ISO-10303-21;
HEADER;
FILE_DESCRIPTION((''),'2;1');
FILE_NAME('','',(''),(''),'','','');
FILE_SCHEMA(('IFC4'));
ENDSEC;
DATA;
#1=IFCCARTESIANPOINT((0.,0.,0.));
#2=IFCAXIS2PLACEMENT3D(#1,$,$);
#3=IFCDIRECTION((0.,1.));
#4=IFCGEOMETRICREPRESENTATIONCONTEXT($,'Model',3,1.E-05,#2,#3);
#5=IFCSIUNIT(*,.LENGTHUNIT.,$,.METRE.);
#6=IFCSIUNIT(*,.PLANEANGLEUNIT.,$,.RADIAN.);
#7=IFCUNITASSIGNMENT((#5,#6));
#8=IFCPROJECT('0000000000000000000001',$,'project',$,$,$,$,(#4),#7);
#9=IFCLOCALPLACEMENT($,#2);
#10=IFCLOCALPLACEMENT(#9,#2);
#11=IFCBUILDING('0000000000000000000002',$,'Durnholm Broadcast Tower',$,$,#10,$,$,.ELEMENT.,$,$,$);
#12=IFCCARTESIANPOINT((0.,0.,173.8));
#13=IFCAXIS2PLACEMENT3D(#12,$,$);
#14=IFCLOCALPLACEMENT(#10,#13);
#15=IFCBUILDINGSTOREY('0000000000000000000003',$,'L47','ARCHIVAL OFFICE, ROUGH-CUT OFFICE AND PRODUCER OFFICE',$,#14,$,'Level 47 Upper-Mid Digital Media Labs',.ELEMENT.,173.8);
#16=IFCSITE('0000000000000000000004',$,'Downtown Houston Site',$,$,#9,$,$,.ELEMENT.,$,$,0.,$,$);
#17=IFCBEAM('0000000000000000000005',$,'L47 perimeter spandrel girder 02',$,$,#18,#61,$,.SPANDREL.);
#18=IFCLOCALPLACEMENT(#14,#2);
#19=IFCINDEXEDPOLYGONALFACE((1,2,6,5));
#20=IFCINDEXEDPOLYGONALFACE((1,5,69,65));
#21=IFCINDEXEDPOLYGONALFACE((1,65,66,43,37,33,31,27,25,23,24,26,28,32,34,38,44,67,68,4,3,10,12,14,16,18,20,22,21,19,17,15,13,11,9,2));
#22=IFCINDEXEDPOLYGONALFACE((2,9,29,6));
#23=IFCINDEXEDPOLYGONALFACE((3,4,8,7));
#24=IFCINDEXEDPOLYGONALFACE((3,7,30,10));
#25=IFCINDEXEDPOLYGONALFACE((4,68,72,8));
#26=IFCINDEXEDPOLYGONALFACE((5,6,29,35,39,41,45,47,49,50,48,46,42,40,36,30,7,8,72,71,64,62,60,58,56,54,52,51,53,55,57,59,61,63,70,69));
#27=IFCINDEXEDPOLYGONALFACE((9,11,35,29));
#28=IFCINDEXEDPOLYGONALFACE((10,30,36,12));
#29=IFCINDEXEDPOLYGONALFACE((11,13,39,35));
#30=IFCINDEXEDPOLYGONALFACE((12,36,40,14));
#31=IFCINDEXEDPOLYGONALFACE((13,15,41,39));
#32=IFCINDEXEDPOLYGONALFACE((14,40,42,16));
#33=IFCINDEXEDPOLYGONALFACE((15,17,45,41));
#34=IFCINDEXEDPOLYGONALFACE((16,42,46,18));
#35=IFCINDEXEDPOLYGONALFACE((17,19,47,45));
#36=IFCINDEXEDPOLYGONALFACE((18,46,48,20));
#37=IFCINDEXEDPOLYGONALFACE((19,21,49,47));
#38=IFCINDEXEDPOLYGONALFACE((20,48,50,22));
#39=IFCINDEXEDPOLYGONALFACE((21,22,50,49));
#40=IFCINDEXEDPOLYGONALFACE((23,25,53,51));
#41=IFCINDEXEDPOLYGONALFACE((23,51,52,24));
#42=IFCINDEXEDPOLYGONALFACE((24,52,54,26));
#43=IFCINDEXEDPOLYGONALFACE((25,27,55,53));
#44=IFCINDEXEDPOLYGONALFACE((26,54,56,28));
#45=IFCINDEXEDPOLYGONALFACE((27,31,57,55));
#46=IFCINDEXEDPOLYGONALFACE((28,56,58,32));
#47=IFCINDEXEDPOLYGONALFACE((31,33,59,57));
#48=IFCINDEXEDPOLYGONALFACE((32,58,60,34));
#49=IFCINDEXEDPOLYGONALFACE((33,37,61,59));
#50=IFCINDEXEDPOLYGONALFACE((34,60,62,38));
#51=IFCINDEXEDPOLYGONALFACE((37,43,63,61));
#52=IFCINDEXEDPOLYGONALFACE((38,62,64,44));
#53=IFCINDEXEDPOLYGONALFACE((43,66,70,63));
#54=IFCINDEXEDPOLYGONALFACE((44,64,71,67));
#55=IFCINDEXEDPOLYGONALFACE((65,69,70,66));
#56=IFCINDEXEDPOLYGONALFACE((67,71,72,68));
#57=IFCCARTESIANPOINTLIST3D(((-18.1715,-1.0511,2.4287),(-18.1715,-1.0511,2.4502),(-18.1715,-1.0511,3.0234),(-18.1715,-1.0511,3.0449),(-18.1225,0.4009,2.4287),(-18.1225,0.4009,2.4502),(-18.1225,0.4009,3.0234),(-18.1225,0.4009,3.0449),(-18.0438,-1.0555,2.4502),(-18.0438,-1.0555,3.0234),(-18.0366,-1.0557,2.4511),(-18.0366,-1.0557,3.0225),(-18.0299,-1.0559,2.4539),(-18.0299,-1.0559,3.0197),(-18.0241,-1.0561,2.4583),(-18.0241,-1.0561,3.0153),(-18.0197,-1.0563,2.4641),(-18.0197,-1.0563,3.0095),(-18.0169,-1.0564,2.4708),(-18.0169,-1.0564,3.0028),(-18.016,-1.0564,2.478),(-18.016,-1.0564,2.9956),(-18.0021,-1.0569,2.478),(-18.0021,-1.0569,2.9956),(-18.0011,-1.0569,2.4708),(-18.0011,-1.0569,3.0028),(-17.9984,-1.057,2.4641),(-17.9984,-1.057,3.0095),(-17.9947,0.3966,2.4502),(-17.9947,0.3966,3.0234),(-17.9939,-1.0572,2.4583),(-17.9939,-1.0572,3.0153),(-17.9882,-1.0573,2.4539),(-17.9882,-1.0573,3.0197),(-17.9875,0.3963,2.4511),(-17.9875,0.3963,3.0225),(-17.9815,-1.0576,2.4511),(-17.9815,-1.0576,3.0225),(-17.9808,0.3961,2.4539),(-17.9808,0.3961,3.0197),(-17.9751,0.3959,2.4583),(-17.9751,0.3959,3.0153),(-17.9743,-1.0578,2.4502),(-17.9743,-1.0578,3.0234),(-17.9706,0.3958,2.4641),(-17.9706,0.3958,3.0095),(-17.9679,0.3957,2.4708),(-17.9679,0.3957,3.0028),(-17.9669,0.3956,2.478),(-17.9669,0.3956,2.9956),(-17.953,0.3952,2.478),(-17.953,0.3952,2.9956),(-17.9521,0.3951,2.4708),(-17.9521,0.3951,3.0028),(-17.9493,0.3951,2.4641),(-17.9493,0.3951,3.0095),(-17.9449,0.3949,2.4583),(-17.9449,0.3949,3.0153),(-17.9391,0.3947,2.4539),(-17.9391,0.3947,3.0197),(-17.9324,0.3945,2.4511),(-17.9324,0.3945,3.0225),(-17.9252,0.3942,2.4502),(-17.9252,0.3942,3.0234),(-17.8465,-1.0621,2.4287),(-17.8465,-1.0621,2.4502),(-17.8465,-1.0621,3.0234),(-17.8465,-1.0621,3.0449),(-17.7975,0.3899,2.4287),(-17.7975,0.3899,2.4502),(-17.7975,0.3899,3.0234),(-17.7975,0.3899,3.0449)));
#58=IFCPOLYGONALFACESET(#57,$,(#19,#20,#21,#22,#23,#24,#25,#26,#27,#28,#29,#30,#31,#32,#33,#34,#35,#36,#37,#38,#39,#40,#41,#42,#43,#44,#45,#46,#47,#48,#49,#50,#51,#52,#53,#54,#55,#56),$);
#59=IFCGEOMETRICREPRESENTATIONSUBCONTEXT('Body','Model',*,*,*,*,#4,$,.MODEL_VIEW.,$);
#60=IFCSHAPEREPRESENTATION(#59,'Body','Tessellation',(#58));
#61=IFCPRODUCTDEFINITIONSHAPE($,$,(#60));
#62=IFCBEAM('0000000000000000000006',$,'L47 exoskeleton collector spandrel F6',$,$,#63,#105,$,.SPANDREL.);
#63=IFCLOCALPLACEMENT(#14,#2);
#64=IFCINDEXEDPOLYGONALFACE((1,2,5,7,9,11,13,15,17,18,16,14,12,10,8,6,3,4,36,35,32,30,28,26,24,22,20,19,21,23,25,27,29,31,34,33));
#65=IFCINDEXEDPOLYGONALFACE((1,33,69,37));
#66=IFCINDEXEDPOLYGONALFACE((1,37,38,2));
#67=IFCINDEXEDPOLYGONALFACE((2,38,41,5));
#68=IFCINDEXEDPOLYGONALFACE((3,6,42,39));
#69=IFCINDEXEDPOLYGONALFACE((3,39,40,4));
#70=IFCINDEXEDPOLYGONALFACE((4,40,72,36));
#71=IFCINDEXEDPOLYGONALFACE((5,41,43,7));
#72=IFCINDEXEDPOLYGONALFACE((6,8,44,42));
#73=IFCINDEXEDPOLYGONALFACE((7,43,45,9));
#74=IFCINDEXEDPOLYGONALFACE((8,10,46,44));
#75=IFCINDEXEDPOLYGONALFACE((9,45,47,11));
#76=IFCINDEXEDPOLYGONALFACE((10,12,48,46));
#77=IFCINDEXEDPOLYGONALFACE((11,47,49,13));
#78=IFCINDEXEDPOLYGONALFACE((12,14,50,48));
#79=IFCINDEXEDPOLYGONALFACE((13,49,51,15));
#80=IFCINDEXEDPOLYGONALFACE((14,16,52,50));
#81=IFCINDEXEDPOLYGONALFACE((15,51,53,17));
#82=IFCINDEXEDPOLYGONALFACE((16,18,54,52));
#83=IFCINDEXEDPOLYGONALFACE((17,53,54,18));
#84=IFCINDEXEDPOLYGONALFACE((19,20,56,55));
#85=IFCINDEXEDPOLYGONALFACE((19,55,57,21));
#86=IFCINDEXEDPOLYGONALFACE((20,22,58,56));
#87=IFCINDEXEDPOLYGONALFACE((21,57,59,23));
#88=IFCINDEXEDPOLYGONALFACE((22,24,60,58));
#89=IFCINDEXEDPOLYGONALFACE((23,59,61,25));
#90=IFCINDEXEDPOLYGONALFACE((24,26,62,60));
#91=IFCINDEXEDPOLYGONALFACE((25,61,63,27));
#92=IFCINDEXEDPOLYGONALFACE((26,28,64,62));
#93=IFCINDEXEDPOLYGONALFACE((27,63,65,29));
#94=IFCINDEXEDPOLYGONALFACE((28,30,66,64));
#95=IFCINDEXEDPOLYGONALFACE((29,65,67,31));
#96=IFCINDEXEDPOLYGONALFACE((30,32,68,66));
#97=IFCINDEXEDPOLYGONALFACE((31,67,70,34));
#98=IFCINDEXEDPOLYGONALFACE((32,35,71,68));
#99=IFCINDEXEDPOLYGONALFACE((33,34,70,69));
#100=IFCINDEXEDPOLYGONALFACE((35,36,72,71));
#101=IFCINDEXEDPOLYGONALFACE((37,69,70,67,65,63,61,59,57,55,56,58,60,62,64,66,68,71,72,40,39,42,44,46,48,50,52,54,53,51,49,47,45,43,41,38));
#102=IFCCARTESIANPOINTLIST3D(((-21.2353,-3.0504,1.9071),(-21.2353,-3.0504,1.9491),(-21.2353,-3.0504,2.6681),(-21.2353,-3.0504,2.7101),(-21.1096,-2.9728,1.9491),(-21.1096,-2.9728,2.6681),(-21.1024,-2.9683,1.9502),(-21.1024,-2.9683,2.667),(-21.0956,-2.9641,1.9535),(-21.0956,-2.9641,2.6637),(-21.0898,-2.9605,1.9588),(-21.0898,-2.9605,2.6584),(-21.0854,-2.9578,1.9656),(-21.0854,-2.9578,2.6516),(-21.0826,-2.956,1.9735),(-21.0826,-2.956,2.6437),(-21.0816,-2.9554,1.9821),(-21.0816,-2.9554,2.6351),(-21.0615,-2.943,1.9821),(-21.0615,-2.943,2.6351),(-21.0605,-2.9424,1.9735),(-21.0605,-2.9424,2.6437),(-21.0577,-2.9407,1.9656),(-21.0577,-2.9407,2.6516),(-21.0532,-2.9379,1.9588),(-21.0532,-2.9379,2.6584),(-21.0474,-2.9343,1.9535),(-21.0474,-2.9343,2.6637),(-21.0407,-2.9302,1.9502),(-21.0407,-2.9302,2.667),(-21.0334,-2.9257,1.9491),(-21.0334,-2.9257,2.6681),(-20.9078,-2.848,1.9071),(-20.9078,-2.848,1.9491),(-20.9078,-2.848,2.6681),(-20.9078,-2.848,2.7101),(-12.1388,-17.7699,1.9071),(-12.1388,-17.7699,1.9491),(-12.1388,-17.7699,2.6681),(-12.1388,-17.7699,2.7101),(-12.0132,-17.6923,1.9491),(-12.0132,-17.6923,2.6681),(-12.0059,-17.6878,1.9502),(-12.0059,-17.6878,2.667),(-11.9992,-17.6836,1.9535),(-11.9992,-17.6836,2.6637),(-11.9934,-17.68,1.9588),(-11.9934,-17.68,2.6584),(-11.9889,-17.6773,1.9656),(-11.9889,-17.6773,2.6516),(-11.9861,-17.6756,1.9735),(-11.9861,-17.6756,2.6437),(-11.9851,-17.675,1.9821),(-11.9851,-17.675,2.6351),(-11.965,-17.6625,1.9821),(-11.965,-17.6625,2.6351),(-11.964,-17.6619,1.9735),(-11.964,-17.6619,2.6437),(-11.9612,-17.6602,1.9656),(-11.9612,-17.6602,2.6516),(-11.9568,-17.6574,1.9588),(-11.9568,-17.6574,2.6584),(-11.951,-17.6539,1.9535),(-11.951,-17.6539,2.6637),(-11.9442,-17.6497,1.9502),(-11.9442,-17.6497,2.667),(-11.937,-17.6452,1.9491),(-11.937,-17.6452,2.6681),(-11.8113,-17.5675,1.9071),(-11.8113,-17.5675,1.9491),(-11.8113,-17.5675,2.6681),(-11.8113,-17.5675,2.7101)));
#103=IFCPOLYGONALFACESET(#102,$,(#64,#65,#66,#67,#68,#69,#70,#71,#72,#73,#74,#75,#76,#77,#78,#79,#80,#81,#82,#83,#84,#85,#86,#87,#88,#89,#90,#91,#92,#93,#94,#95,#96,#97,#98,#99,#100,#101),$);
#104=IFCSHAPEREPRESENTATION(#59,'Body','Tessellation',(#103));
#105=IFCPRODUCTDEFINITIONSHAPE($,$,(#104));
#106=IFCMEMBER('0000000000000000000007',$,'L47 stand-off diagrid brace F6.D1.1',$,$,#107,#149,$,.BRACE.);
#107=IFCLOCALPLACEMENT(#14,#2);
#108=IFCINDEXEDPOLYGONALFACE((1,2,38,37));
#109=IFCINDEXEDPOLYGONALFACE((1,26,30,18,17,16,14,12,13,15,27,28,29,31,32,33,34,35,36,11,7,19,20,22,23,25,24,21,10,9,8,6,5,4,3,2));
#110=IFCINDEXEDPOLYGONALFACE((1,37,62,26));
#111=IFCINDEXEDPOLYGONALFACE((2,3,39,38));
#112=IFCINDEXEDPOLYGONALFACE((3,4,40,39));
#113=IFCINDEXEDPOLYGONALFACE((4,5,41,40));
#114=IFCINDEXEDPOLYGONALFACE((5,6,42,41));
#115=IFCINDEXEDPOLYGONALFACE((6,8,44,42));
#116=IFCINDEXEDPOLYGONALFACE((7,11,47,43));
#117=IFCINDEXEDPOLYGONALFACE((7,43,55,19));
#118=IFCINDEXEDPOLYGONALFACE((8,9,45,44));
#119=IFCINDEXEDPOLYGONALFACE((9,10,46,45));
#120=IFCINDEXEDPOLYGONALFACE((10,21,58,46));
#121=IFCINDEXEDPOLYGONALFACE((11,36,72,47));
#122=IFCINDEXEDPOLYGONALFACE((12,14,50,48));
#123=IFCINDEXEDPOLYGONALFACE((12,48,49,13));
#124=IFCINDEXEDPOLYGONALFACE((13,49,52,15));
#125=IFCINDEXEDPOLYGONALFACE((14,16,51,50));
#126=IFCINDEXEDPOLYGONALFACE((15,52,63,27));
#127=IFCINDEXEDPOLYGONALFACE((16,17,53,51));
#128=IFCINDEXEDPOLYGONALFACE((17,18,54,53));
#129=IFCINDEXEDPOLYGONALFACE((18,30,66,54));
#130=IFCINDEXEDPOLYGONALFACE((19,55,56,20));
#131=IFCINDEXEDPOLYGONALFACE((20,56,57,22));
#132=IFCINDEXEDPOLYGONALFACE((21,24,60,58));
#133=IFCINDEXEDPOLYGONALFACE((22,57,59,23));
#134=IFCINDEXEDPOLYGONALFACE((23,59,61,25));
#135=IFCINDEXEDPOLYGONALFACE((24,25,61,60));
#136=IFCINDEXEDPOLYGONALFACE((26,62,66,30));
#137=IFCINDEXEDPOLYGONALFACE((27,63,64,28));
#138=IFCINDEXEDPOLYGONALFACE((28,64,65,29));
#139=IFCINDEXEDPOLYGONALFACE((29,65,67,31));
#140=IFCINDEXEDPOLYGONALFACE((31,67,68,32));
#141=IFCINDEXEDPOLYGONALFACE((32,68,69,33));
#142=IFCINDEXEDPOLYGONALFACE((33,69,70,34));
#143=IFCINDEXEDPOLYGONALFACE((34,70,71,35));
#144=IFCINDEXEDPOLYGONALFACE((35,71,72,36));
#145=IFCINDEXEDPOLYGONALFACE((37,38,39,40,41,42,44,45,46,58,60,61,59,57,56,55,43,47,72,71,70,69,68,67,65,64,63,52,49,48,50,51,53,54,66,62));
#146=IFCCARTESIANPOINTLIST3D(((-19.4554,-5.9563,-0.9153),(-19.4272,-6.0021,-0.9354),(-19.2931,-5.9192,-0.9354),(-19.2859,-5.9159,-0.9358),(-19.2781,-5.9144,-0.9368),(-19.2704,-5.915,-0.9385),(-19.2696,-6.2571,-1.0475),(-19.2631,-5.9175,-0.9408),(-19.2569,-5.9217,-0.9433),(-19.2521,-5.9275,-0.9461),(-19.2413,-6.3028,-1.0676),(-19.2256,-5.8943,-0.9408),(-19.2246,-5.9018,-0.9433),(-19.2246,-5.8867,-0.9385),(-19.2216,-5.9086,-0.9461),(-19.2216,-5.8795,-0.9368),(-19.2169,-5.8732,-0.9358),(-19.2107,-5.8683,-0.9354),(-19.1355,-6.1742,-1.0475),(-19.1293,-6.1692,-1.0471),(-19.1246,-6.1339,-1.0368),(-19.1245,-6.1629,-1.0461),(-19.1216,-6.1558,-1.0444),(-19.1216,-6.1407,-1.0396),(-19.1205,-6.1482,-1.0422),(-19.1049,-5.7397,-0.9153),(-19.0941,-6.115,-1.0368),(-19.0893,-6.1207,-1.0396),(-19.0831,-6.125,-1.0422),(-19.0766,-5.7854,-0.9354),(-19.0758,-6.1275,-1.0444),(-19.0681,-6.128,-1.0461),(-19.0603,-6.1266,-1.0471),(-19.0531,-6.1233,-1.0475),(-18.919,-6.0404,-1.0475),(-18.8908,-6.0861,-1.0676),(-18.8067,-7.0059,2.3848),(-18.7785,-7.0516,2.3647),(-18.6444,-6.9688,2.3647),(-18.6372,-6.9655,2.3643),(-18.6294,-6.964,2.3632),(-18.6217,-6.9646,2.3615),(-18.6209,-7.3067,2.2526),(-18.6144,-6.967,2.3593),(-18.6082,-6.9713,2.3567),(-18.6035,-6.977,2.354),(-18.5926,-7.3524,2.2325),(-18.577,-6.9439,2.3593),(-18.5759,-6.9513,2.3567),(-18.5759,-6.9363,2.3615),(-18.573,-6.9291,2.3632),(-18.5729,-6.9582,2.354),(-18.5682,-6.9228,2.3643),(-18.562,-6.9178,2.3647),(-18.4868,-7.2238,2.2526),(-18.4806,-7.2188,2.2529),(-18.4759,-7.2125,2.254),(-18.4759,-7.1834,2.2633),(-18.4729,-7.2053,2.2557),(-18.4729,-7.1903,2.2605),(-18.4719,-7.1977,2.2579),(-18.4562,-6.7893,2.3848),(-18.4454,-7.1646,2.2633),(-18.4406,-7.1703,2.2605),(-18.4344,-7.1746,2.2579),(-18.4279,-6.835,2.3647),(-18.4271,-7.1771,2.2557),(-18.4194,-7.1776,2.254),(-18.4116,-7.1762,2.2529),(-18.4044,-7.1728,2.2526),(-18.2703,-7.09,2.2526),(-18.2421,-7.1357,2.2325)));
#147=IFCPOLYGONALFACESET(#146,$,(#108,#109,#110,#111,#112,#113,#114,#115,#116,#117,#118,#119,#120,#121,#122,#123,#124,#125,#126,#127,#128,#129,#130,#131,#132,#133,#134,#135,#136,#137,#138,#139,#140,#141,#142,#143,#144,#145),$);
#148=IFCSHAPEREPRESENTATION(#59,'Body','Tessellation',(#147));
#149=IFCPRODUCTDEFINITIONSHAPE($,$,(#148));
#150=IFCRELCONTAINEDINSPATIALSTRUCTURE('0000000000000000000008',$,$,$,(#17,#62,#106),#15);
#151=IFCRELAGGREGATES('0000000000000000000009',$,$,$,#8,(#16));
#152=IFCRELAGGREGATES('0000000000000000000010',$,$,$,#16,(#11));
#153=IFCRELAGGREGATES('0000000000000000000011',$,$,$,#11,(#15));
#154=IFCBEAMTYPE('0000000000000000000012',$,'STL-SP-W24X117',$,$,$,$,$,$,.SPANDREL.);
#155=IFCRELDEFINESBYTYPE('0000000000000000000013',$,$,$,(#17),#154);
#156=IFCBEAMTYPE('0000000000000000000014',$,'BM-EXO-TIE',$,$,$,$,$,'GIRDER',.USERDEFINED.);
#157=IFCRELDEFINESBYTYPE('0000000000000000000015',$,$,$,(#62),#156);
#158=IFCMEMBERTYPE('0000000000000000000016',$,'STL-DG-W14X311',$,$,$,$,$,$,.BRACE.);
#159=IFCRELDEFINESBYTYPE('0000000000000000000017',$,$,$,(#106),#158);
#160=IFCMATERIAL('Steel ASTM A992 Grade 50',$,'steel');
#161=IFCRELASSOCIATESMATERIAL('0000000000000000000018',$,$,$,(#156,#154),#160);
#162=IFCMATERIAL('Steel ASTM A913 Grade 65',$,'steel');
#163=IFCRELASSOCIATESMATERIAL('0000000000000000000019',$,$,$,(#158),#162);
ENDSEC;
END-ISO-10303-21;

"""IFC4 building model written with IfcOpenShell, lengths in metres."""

from ifc_helpers import new_model, si_unit, direction, frame, origin, origin_2d, place, context, subcontext, project, spatial, i_section, extrude, source, transform, mapped, material, material_profile, profile_set, type_object, type_shapes, element, save


model = new_model("IFC4")

# Units and contexts
model_context = context("Model", 3, precision=1e-05, world=origin(), true_north=direction((0.0, 1.0)))
body_context = subcontext(model_context, "Body", "Model", "MODEL_VIEW")
ifc_project = project(units=[si_unit("LENGTHUNIT", "METRE"), si_unit("PLANEANGLEUNIT", "RADIAN")], contexts=[model_context])

# Site, building, storey
site_placement = place(None, origin())
site = spatial("IfcSite", under=ifc_project, at=site_placement, Name="Downtown Houston Site", CompositionType="ELEMENT", RefElevation=0.0)
building_placement = place(site_placement, origin())
building = spatial("IfcBuilding", under=site, at=building_placement, Name="Durnholm Broadcast Tower", CompositionType="ELEMENT")
storey_placement = place(building_placement, frame((0.0, 0.0, 173.8)))
storey = spatial("IfcBuildingStorey", under=building, at=storey_placement, Name="L47", Description="ARCHIVAL OFFICE, ROUGH-CUT OFFICE AND PRODUCER OFFICE", LongName="Level 47 Upper-Mid Digital Media Labs", CompositionType="ELEMENT", Elevation=173.8)

# Beams
ifc_material_1 = material(Name="Steel ASTM A992 Grade 50", Category="steel")
ifc_material_profile_1 = material_profile(ifc_material_1, i_section(OverallWidth=0.385, OverallDepth=0.803, WebThickness=0.0237, FlangeThickness=0.042, FilletRadius=0.033, at=origin_2d()), Name="W30X261")
ifc_profile_set_1 = profile_set([ifc_material_profile_1], Name="Steel ASTM A992 Grade 50")
beam_type_1 = type_object("IfcBeamType", Name="BM-EXO-TIE", ElementType="GIRDER", PredefinedType="USERDEFINED", material=ifc_profile_set_1)
ifc_material_profile_2 = material_profile(ifc_material_1, i_section(OverallWidth=0.3252, OverallDepth=0.6162, WebThickness=0.0139, FlangeThickness=0.0215, FilletRadius=0.0278, at=origin_2d()), Name="W24X117")
ifc_profile_set_2 = profile_set([ifc_material_profile_2], Name="Steel ASTM A992 Grade 50")
beam_type_2 = type_object("IfcBeamType", Name="STL-SP-W24X117", PredefinedType="SPANDREL", material=ifc_profile_set_2)
shared_shape_1 = source(origin(), body_context, "Body", "SweptSolid", [
    extrude(i_section(OverallWidth=0.3252, OverallDepth=0.6162, WebThickness=0.0139, FlangeThickness=0.0215, FilletRadius=0.0278, at=origin_2d()), origin(), (0.0, 0.0, 1.0), 1.4529),
])
beam_1_placement = place(storey_placement, frame((-18.009, -1.0566, 2.7368), z_axis=(0.033774, 0.99943, 0.0), x_axis=(-0.99943, 0.033774, 0.0)))
element("IfcBeam", 1, at=beam_1_placement, inside=storey, type_object=beam_type_2, Name="L47 perimeter spandrel girder 02", PredefinedType="SPANDREL", context=body_context, shape_type="MappedRepresentation", body=[
    mapped(shared_shape_1, transform((0.0, 0.0, 0.0), x_axis=(1.0, 0.0, 0.0), y_axis=(0.0, 1.0, 0.0), z_axis=(0.0, 0.0, 1.0), scale=1.0)),
])
shared_shape_2 = source(origin(), body_context, "Body", "SweptSolid", [
    extrude(i_section(OverallWidth=0.385, OverallDepth=0.803, WebThickness=0.0237, FlangeThickness=0.042, FilletRadius=0.033, at=origin_2d()), origin(), (0.0, 0.0, 1.0), 17.3035),
])
beam_2_placement = place(storey_placement, frame((-21.0715, -2.9492, 2.3086), z_axis=(0.525702, -0.850669, 0.0), x_axis=(0.850669, 0.525702, 0.0)))
element("IfcBeam", 2, at=beam_2_placement, inside=storey, type_object=beam_type_1, Name="L47 exoskeleton collector spandrel F6", PredefinedType="SPANDREL", context=body_context, shape_type="MappedRepresentation", body=[
    mapped(shared_shape_2, transform((0.0, 0.0, 0.0), x_axis=(1.0, 0.0, 0.0), y_axis=(0.0, 1.0, 0.0), z_axis=(0.0, 0.0, 1.0), scale=1.0)),
])

# Member
ifc_material_2 = material(Name="Steel ASTM A913 Grade 65", Category="steel")
ifc_material_profile_3 = material_profile(ifc_material_2, i_section(OverallWidth=0.4121, OverallDepth=0.4348, WebThickness=0.0359, FlangeThickness=0.0574, FilletRadius=0.0305, at=origin_2d()), Name="W14X311")
ifc_profile_set_3 = profile_set([ifc_material_profile_3], Name="Steel ASTM A913 Grade 65")
member_type_1 = type_object("IfcMemberType", Name="STL-DG-W14X311", PredefinedType="BRACE", material=ifc_profile_set_3)
shared_shape_3 = source(origin(), body_context, "Body", "SweptSolid", [
    extrude(i_section(OverallWidth=0.4121, OverallDepth=0.4348, WebThickness=0.0359, FlangeThickness=0.0574, FilletRadius=0.0305, at=origin_2d()), origin(), (0.0, 0.0, 1.0), 3.5232),
])
type_shapes(member_type_1, [shared_shape_3])
for number, where, z_axis, x_axis, name in (
    (3, (-19.1731, -6.0212, -0.9915), (0.184119, -0.297903, 0.936672), (0.850644, 0.525741, 0.0), "L47 stand-off diagrid brace F6.D1.1"),
):
    element("IfcMember", number, at=place(storey_placement, frame(where, z_axis=z_axis, x_axis=x_axis)), inside=storey, type_object=member_type_1, Name=name, PredefinedType="BRACE", context=body_context, shape_type="MappedRepresentation", body=[
        mapped(shared_shape_3, transform((0.0, 0.0, 0.0), x_axis=(1.0, 0.0, 0.0), y_axis=(0.0, 1.0, 0.0), z_axis=(0.0, 0.0, 1.0), scale=1.0)),
    ])

save(model, "model.ifc")
